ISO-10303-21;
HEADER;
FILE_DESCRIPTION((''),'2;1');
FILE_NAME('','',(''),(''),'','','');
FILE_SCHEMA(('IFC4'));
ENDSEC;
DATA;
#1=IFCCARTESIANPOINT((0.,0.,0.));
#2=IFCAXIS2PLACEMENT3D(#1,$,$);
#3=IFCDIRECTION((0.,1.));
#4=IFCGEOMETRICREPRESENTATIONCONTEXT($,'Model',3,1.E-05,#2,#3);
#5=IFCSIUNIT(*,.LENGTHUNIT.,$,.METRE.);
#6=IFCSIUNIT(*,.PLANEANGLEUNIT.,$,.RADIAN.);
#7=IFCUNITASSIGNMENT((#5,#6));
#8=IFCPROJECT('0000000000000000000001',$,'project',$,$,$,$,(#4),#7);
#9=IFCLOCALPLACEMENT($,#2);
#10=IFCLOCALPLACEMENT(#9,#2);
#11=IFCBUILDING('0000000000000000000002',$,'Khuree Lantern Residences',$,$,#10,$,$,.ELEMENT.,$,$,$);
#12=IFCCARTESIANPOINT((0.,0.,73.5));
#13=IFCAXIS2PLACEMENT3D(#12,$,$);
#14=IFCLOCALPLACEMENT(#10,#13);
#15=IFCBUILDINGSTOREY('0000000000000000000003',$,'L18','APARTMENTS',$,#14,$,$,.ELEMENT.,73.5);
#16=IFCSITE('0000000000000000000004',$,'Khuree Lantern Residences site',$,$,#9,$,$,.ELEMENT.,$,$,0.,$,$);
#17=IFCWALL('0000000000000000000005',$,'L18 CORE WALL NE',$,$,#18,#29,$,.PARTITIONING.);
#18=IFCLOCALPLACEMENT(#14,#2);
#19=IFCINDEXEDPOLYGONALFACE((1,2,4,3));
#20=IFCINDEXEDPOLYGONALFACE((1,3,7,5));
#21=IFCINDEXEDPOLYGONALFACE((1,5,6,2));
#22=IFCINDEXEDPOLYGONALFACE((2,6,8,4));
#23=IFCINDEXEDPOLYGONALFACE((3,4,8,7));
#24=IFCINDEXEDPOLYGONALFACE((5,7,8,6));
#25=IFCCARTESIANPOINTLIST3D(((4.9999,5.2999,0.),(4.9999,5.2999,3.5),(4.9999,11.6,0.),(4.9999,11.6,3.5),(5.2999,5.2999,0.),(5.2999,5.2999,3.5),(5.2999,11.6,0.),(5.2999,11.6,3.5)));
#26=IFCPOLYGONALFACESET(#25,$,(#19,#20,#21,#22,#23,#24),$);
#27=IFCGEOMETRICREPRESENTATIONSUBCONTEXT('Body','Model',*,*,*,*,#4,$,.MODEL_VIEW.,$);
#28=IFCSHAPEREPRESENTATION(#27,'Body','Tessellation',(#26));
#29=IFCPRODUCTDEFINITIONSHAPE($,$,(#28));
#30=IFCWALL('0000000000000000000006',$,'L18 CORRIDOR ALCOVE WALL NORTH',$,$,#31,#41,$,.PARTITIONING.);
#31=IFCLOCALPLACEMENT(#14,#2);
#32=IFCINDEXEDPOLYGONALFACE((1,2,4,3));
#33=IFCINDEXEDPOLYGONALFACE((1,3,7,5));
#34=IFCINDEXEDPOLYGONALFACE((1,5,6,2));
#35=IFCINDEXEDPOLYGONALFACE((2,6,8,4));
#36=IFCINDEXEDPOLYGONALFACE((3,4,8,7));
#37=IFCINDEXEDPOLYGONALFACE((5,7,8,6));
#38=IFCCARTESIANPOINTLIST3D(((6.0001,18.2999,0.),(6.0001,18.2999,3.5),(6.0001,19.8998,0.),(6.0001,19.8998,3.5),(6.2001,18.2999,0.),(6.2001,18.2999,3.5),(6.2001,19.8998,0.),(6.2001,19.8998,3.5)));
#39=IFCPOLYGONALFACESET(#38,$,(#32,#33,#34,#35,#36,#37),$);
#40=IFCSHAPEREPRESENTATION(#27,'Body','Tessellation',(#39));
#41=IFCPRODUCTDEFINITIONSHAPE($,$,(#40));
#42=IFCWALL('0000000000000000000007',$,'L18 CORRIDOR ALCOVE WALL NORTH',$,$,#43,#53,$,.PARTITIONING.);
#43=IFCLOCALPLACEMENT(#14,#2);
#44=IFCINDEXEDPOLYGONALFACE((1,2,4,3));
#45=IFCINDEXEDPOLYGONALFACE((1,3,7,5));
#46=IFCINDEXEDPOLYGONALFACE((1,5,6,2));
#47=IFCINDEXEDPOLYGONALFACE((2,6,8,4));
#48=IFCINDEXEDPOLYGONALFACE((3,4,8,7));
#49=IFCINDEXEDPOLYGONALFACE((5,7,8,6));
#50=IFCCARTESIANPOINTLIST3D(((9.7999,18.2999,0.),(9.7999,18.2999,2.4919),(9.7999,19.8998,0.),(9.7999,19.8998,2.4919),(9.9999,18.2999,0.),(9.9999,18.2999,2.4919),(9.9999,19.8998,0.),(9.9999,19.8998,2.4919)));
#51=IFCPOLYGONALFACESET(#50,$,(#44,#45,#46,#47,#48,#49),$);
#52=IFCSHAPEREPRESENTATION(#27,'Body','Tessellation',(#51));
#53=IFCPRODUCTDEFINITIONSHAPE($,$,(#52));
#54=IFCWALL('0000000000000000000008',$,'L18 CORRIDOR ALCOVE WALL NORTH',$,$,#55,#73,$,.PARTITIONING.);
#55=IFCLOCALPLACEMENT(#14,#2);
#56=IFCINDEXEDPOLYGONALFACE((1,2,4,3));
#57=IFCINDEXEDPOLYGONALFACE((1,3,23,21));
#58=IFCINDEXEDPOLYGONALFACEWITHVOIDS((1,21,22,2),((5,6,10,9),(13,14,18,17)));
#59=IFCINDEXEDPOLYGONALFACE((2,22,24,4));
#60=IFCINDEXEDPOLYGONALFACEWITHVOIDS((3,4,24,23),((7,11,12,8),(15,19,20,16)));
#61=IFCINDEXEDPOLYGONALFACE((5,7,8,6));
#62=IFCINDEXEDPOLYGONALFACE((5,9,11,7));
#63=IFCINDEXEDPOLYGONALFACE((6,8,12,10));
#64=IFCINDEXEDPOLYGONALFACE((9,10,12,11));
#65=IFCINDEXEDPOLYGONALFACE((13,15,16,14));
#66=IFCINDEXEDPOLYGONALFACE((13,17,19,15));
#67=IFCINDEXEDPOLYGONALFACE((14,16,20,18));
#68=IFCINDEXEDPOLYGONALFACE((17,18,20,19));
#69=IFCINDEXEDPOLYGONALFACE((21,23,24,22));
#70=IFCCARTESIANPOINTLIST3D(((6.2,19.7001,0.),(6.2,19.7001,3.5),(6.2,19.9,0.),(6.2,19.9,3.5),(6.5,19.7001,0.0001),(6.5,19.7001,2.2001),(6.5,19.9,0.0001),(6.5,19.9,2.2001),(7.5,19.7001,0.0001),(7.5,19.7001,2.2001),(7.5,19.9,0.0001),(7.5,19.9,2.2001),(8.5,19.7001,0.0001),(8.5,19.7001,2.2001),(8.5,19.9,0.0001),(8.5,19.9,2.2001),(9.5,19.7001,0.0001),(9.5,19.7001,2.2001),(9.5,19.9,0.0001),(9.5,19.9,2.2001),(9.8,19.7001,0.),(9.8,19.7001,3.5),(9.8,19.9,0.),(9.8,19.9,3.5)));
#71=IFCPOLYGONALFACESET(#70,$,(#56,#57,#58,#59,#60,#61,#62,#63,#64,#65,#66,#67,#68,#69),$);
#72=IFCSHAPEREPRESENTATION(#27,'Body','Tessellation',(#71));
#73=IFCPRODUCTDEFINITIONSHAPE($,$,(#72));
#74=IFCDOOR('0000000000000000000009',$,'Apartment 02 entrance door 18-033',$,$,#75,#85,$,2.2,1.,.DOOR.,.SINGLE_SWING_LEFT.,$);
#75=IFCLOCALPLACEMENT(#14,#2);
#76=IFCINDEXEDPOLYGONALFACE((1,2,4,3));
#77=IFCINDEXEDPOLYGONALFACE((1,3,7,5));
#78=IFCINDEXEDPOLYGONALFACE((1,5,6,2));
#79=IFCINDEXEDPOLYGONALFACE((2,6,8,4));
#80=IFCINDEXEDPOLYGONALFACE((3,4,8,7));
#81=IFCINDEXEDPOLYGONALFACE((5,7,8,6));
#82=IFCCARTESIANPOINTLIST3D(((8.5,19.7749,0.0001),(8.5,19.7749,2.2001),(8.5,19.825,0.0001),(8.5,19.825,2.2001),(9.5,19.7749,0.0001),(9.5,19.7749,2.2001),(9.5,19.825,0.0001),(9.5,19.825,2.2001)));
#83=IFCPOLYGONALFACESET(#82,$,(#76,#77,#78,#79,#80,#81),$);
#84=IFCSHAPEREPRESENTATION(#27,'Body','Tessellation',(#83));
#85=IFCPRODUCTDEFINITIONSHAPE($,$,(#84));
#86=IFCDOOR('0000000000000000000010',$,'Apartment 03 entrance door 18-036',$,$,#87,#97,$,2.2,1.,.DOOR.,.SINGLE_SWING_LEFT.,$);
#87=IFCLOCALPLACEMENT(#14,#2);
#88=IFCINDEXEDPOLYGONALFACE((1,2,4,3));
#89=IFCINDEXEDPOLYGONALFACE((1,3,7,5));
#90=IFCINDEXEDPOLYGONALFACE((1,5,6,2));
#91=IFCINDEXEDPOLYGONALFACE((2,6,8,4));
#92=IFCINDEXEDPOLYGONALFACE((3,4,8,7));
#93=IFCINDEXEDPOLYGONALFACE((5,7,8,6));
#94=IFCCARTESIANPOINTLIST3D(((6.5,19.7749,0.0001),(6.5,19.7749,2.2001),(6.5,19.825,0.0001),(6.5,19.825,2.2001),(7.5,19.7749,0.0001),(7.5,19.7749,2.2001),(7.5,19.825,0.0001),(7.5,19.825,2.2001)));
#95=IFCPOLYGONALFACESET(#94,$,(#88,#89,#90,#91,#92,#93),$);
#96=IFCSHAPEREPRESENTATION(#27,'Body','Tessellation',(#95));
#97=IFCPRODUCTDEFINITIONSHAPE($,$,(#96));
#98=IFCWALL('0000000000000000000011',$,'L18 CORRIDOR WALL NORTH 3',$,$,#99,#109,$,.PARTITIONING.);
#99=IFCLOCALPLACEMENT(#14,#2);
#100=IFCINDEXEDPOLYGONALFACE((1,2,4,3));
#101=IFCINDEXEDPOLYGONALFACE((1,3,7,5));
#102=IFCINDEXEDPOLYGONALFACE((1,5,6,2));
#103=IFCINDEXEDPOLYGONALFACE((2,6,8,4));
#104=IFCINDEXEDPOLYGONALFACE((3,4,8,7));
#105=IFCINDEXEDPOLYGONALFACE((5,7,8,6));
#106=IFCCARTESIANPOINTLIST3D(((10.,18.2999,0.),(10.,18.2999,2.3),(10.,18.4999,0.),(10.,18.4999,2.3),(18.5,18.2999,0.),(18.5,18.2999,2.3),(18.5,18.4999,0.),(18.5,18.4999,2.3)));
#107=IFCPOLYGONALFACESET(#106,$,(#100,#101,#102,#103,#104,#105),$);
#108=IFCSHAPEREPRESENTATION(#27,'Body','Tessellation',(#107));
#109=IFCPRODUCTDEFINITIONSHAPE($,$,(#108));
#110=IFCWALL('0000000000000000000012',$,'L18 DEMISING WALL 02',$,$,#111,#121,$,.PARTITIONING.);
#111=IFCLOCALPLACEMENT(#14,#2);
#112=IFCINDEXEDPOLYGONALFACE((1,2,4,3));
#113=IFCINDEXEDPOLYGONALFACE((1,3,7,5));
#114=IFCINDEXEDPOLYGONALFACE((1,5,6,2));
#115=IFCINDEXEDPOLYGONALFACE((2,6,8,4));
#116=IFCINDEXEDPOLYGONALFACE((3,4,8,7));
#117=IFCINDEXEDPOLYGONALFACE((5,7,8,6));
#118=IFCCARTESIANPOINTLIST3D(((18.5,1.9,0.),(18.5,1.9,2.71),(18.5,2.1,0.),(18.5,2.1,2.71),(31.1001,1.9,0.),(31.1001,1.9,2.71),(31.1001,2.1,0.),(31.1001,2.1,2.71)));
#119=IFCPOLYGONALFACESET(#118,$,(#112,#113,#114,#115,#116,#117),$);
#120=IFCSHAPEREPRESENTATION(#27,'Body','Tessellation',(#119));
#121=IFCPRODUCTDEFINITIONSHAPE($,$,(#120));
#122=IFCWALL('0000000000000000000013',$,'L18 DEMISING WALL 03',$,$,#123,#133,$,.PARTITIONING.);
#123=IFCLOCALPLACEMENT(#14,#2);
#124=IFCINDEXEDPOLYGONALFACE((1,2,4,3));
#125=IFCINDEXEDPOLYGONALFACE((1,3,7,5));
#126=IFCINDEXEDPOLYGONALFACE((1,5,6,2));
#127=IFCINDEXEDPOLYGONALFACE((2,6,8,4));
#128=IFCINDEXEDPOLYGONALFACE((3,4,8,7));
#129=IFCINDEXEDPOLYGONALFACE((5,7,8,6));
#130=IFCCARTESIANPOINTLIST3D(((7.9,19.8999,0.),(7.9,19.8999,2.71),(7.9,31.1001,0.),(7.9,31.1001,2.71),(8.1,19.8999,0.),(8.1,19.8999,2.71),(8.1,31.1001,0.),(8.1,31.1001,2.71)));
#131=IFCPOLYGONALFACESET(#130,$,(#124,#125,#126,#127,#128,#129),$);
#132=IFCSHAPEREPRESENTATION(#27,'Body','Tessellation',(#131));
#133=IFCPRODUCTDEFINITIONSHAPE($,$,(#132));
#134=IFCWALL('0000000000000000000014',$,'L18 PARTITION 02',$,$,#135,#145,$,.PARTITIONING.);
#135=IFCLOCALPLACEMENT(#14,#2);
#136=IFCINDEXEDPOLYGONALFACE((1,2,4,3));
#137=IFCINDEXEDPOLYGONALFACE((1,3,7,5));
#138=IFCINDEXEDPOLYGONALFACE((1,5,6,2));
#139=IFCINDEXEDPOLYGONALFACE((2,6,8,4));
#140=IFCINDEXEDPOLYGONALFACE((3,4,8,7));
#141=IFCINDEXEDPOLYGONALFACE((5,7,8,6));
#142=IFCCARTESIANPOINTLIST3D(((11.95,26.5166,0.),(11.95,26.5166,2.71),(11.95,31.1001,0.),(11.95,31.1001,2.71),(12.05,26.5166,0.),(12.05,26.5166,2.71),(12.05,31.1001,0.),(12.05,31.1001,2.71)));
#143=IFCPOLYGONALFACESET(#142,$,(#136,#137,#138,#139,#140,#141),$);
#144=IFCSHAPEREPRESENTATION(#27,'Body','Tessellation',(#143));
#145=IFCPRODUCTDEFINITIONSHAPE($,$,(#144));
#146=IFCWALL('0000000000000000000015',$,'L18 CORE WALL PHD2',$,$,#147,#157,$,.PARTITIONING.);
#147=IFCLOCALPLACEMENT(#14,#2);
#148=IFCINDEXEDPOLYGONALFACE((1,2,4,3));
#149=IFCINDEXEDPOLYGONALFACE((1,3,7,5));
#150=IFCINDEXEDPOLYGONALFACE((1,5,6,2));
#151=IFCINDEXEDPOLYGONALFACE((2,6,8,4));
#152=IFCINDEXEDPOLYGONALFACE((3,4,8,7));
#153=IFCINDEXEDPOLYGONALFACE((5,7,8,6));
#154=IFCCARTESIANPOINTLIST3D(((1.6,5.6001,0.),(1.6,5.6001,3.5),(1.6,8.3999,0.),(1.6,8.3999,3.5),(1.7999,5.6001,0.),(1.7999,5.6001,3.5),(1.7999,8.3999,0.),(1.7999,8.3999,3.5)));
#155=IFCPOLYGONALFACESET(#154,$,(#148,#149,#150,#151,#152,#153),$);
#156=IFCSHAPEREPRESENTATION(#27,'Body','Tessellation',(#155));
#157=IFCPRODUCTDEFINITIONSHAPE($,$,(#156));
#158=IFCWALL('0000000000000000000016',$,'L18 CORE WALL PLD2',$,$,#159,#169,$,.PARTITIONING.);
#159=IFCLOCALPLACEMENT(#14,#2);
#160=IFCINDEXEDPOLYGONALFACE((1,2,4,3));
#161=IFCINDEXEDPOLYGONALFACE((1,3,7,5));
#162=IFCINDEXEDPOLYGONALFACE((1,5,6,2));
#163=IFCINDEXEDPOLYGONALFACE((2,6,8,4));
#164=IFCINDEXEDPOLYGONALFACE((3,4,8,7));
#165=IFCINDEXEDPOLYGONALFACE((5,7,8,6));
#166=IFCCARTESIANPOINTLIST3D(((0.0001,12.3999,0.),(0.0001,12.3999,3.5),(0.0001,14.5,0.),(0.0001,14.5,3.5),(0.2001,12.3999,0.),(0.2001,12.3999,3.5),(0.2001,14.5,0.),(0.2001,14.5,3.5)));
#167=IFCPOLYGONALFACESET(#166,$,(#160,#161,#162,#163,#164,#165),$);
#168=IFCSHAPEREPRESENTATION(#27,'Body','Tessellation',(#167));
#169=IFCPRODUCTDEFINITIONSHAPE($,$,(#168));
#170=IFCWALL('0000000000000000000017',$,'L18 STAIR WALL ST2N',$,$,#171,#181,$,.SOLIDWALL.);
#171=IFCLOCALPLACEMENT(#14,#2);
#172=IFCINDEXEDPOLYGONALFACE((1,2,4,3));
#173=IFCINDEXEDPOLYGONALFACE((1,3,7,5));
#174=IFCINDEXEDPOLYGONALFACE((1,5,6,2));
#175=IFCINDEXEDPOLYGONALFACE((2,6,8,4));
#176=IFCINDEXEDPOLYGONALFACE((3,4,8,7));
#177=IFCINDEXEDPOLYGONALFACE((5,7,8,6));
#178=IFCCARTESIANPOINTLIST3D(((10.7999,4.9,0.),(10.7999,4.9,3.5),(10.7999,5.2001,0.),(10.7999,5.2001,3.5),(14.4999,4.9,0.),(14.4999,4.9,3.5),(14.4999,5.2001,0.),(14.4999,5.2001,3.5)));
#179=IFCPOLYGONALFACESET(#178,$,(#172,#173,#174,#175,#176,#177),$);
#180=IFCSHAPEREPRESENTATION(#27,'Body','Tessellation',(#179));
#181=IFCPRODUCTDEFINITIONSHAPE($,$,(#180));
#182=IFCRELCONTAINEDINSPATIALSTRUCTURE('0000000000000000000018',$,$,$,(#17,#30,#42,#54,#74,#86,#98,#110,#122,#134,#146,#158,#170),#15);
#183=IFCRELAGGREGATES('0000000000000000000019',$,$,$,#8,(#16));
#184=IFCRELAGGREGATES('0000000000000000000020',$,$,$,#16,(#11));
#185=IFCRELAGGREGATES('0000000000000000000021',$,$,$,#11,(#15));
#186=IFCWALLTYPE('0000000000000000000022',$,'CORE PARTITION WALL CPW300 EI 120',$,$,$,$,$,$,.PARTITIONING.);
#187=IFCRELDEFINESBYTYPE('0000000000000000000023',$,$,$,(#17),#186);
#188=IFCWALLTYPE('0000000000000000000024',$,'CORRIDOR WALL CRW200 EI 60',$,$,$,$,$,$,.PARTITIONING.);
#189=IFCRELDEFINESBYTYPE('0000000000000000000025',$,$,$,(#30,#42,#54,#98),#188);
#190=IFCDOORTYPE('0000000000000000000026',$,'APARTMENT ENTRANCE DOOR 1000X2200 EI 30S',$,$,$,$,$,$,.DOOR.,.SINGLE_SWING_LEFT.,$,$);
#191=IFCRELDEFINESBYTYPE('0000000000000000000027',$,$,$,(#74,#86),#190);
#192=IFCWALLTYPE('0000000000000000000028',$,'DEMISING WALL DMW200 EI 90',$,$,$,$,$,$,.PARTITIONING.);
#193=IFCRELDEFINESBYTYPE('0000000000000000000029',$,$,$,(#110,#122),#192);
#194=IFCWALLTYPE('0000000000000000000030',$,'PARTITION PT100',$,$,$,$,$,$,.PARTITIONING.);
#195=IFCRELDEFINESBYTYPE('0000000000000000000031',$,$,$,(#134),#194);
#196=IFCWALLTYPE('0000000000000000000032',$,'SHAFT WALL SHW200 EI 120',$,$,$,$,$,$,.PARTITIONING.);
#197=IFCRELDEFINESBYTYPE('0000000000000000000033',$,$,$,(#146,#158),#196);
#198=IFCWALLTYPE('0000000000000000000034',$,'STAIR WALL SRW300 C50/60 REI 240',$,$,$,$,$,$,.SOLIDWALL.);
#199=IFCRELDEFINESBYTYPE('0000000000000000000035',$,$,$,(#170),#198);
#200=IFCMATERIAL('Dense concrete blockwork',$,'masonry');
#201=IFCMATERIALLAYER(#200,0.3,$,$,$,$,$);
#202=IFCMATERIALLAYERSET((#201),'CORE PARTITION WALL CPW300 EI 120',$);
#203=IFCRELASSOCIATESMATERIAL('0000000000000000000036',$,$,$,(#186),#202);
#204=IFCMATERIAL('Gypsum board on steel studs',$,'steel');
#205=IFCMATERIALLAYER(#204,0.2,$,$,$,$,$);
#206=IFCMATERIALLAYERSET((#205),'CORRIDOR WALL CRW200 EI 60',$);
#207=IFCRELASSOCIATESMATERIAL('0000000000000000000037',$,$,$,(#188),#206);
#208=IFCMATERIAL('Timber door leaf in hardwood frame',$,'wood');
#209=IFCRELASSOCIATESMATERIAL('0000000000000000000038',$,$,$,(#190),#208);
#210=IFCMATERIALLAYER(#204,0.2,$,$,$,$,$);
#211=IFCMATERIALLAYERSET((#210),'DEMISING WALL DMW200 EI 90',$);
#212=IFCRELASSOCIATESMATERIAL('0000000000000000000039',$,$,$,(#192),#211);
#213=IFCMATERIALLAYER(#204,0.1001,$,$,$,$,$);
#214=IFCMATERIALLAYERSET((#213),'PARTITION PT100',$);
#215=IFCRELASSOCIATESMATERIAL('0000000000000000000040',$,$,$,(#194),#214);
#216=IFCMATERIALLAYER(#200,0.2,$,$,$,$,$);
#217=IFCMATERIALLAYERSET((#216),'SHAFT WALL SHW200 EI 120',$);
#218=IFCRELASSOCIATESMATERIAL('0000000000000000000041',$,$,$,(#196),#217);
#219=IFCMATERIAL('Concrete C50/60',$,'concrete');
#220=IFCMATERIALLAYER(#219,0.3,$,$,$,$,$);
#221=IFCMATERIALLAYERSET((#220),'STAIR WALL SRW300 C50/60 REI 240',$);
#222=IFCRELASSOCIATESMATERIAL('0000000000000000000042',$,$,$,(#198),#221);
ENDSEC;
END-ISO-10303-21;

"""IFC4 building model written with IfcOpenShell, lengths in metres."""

from ifc_helpers import new_model, si_unit, direction, frame, frame_2d, origin, place, context, subcontext, project, spatial, rectangle, extrude, material, layer, layer_set, type_object, element, fill, save


model = new_model("IFC4")

# Units and contexts
model_context = context("Model", 3, precision=1e-05, world=origin(), true_north=direction((0.0, 1.0)))
body_context = subcontext(model_context, "Body", "Model", "MODEL_VIEW")
ifc_project = project(units=[si_unit("LENGTHUNIT", "METRE"), si_unit("PLANEANGLEUNIT", "RADIAN")], contexts=[model_context])

# Site, building, storey
site_placement = place(None, origin())
site = spatial("IfcSite", under=ifc_project, at=site_placement, Name="Khuree Lantern Residences site", CompositionType="ELEMENT", RefElevation=0.0)
building_placement = place(site_placement, origin())
building = spatial("IfcBuilding", under=site, at=building_placement, Name="Khuree Lantern Residences", CompositionType="ELEMENT")
storey_placement = place(building_placement, frame((0.0, 0.0, 73.5)))
storey = spatial("IfcBuildingStorey", under=building, at=storey_placement, Name="L18", Description="APARTMENTS", CompositionType="ELEMENT", Elevation=73.5)

# Shared definitions
ifc_material_1 = material(Name="Timber door leaf in hardwood frame", Category="wood")

# Walls
ifc_material_2 = material(Name="Dense concrete blockwork", Category="masonry")
ifc_layer_1 = layer(ifc_material_2, 0.3)
ifc_layer_set_1 = layer_set([ifc_layer_1], Name="CORE PARTITION WALL CPW300 EI 120")
wall_type_1 = type_object("IfcWallType", Name="CORE PARTITION WALL CPW300 EI 120", PredefinedType="PARTITIONING", material=ifc_layer_set_1)
wall_1_placement = place(storey_placement, frame((5.1499, 5.3, 0.0), z_axis=(0.0, 0.0, 1.0), x_axis=(0.0, 1.0, 0.0)))
element("IfcWall", 1, at=wall_1_placement, inside=storey, type_object=wall_type_1, Name="L18 CORE WALL NE", PredefinedType="PARTITIONING", context=body_context, shape_type="SweptSolid", body=[
    extrude(rectangle(XDim=6.3, YDim=0.3, at=frame_2d((3.1499, 0.0))), origin(), (0.0, 0.0, 1.0), 3.5),
])
ifc_material_3 = material(Name="Gypsum board on steel studs", Category="steel")
ifc_layer_2 = layer(ifc_material_3, 0.2)
ifc_layer_set_2 = layer_set([ifc_layer_2], Name="CORRIDOR WALL CRW200 EI 60")
wall_type_2 = type_object("IfcWallType", Name="CORRIDOR WALL CRW200 EI 60", PredefinedType="PARTITIONING", material=ifc_layer_set_2)
wall_2_placement = place(storey_placement, frame((6.1001, 18.3, 0.0), z_axis=(0.0, 0.0, 1.0), x_axis=(0.0, 1.0, 0.0)))
element("IfcWall", 2, at=wall_2_placement, inside=storey, type_object=wall_type_2, Name="L18 CORRIDOR ALCOVE WALL NORTH", PredefinedType="PARTITIONING", context=body_context, shape_type="SweptSolid", body=[
    extrude(rectangle(XDim=1.5999, YDim=0.2, at=frame_2d((0.7998, 0.0))), origin(), (0.0, 0.0, 1.0), 3.5),
])
wall_3_placement = place(storey_placement, frame((9.8999, 18.3, 0.0), z_axis=(0.0, 0.0, 1.0), x_axis=(0.0, 1.0, 0.0)))
element("IfcWall", 3, at=wall_3_placement, inside=storey, type_object=wall_type_2, Name="L18 CORRIDOR ALCOVE WALL NORTH", PredefinedType="PARTITIONING", context=body_context, shape_type="SweptSolid", body=[
    extrude(rectangle(XDim=1.5999, YDim=0.2, at=frame_2d((0.7998, 0.0))), origin(), (0.0, 0.0, 1.0), 2.4919),
])

# Wall, openings, doors
wall_4_placement = place(storey_placement, frame((6.2, 19.8, 0.0), z_axis=(0.0, 0.0, 1.0), x_axis=(1.0, 0.0, 0.0)))
wall_4 = element("IfcWall", 4, at=wall_4_placement, inside=storey, type_object=wall_type_2, Name="L18 CORRIDOR ALCOVE WALL NORTH", PredefinedType="PARTITIONING", context=body_context, shape_type="SweptSolid", body=[
    extrude(rectangle(XDim=3.6001, YDim=0.2, at=frame_2d((1.8, 0.0))), origin(), (0.0, 0.0, 1.0), 3.5),
])
opening_1_placement = place(wall_4_placement, frame((2.3, 0.0, 0.0)))
opening_1 = element("IfcOpeningElement", 5, at=opening_1_placement, cuts=wall_4, PredefinedType="OPENING", context=body_context, shape_type="SweptSolid", body=[
    extrude(rectangle(XDim=1.0, YDim=2.2, at=frame_2d((0.5, 1.1001))), frame((0.0, 0.1099, 0.0), z_axis=(0.0, -1.0, 0.0), x_axis=(1.0, 0.0, 0.0)), (0.0, 0.0, 1.0), 0.22),
])
opening_2_placement = place(wall_4_placement, frame((0.3, 0.0, 0.0)))
opening_2 = element("IfcOpeningElement", 6, at=opening_2_placement, cuts=wall_4, PredefinedType="OPENING", context=body_context, shape_type="SweptSolid", body=[
    extrude(rectangle(XDim=1.0, YDim=2.2, at=frame_2d((0.5, 1.1001))), frame((0.0, 0.1099, 0.0), z_axis=(0.0, -1.0, 0.0), x_axis=(1.0, 0.0, 0.0)), (0.0, 0.0, 1.0), 0.22),
])
door_type_1 = type_object("IfcDoorType", Name="APARTMENT ENTRANCE DOOR 1000X2200 EI 30S", OperationType="SINGLE_SWING_LEFT", PredefinedType="DOOR", material=ifc_material_1)
door_1_placement = place(opening_1_placement, origin())
door_1 = element("IfcDoor", 7, at=door_1_placement, inside=storey, type_object=door_type_1, Name="Apartment 02 entrance door 18-033", OperationType="SINGLE_SWING_LEFT", OverallHeight=2.2, OverallWidth=1.0, PredefinedType="DOOR", context=body_context, shape_type="SweptSolid", body=[
    extrude(rectangle(XDim=1.0, YDim=2.2, at=frame_2d((0.5, 1.1001))), frame((0.0, 0.0249, 0.0), z_axis=(0.0, -1.0, 0.0), x_axis=(1.0, 0.0, 0.0)), (0.0, 0.0, 1.0), 0.05),
])
fill(opening_1, door_1)
door_2_placement = place(opening_2_placement, origin())
door_2 = element("IfcDoor", 8, at=door_2_placement, inside=storey, type_object=door_type_1, Name="Apartment 03 entrance door 18-036", OperationType="SINGLE_SWING_LEFT", OverallHeight=2.2, OverallWidth=1.0, PredefinedType="DOOR", context=body_context, shape_type="SweptSolid", body=[
    extrude(rectangle(XDim=1.0, YDim=2.2, at=frame_2d((0.5, 1.1001))), frame((0.0, 0.0249, 0.0), z_axis=(0.0, -1.0, 0.0), x_axis=(1.0, 0.0, 0.0)), (0.0, 0.0, 1.0), 0.05),
])
fill(opening_2, door_2)

# Walls
wall_5_placement = place(storey_placement, frame((10.0, 18.3999, 0.0), z_axis=(0.0, 0.0, 1.0), x_axis=(1.0, 0.0, 0.0)))
element("IfcWall", 9, at=wall_5_placement, inside=storey, type_object=wall_type_2, Name="L18 CORRIDOR WALL NORTH 3", PredefinedType="PARTITIONING", context=body_context, shape_type="SweptSolid", body=[
    extrude(rectangle(XDim=8.5, YDim=0.2, at=frame_2d((4.25, 0.0))), origin(), (0.0, 0.0, 1.0), 2.3),
])
ifc_layer_3 = layer(ifc_material_3, 0.2)
ifc_layer_set_3 = layer_set([ifc_layer_3], Name="DEMISING WALL DMW200 EI 90")
wall_type_3 = type_object("IfcWallType", Name="DEMISING WALL DMW200 EI 90", PredefinedType="PARTITIONING", material=ifc_layer_set_3)
wall_6_placement = place(storey_placement, frame((18.5, 2.0, 0.0), z_axis=(0.0, 0.0, 1.0), x_axis=(1.0, 0.0, 0.0)))
element("IfcWall", 10, at=wall_6_placement, inside=storey, type_object=wall_type_3, Name="L18 DEMISING WALL 02", PredefinedType="PARTITIONING", context=body_context, shape_type="SweptSolid", body=[
    extrude(rectangle(XDim=12.6001, YDim=0.2, at=frame_2d((6.3, 0.0))), origin(), (0.0, 0.0, 1.0), 2.71),
])
wall_7_placement = place(storey_placement, frame((8.0, 19.8999, 0.0), z_axis=(0.0, 0.0, 1.0), x_axis=(0.0, 1.0, 0.0)))
element("IfcWall", 11, at=wall_7_placement, inside=storey, type_object=wall_type_3, Name="L18 DEMISING WALL 03", PredefinedType="PARTITIONING", context=body_context, shape_type="SweptSolid", body=[
    extrude(rectangle(XDim=11.2002, YDim=0.2, at=frame_2d((5.6001, 0.0))), origin(), (0.0, 0.0, 1.0), 2.71),
])
ifc_layer_4 = layer(ifc_material_3, 0.1001)
ifc_layer_set_4 = layer_set([ifc_layer_4], Name="PARTITION PT100")
wall_type_4 = type_object("IfcWallType", Name="PARTITION PT100", PredefinedType="PARTITIONING", material=ifc_layer_set_4)
wall_8_placement = place(storey_placement, frame((12.0, 26.5166, 0.0), z_axis=(0.0, 0.0, 1.0), x_axis=(0.0, 1.0, 0.0)))
element("IfcWall", 12, at=wall_8_placement, inside=storey, type_object=wall_type_4, Name="L18 PARTITION 02", PredefinedType="PARTITIONING", context=body_context, shape_type="SweptSolid", body=[
    extrude(rectangle(XDim=4.5835, YDim=0.1001, at=frame_2d((2.2917, 0.0))), origin(), (0.0, 0.0, 1.0), 2.71),
])
ifc_layer_5 = layer(ifc_material_2, 0.2)
ifc_layer_set_5 = layer_set([ifc_layer_5], Name="SHAFT WALL SHW200 EI 120")
wall_type_5 = type_object("IfcWallType", Name="SHAFT WALL SHW200 EI 120", PredefinedType="PARTITIONING", material=ifc_layer_set_5)
wall_9_placement = place(storey_placement, frame((1.7, 5.6001, 0.0), z_axis=(0.0, 0.0, 1.0), x_axis=(0.0, 1.0, 0.0)))
element("IfcWall", 13, at=wall_9_placement, inside=storey, type_object=wall_type_5, Name="L18 CORE WALL PHD2", PredefinedType="PARTITIONING", context=body_context, shape_type="SweptSolid", body=[
    extrude(rectangle(XDim=2.7998, YDim=0.2, at=frame_2d((1.3999, 0.0))), origin(), (0.0, 0.0, 1.0), 3.5),
])
wall_10_placement = place(storey_placement, frame((0.1001, 12.3999, 0.0), z_axis=(0.0, 0.0, 1.0), x_axis=(0.0, 1.0, 0.0)))
element("IfcWall", 14, at=wall_10_placement, inside=storey, type_object=wall_type_5, Name="L18 CORE WALL PLD2", PredefinedType="PARTITIONING", context=body_context, shape_type="SweptSolid", body=[
    extrude(rectangle(XDim=2.1001, YDim=0.2, at=frame_2d((1.05, 0.0))), origin(), (0.0, 0.0, 1.0), 3.5),
])
ifc_material_4 = material(Name="Concrete C50/60", Category="concrete")
ifc_layer_6 = layer(ifc_material_4, 0.3)
ifc_layer_set_6 = layer_set([ifc_layer_6], Name="STAIR WALL SRW300 C50/60 REI 240")
wall_type_6 = type_object("IfcWallType", Name="STAIR WALL SRW300 C50/60 REI 240", PredefinedType="SOLIDWALL", material=ifc_layer_set_6)
wall_11_placement = place(storey_placement, frame((14.5, 5.05, 0.0), z_axis=(0.0, 0.0, 1.0), x_axis=(-1.0, 0.0, 0.0)))
element("IfcWall", 15, at=wall_11_placement, inside=storey, type_object=wall_type_6, Name="L18 STAIR WALL ST2N", PredefinedType="SOLIDWALL", context=body_context, shape_type="SweptSolid", body=[
    extrude(rectangle(XDim=3.7, YDim=0.3, at=frame_2d((1.8501, 0.0))), origin(), (0.0, 0.0, 1.0), 3.5),
])

save(model, "model.ifc")
